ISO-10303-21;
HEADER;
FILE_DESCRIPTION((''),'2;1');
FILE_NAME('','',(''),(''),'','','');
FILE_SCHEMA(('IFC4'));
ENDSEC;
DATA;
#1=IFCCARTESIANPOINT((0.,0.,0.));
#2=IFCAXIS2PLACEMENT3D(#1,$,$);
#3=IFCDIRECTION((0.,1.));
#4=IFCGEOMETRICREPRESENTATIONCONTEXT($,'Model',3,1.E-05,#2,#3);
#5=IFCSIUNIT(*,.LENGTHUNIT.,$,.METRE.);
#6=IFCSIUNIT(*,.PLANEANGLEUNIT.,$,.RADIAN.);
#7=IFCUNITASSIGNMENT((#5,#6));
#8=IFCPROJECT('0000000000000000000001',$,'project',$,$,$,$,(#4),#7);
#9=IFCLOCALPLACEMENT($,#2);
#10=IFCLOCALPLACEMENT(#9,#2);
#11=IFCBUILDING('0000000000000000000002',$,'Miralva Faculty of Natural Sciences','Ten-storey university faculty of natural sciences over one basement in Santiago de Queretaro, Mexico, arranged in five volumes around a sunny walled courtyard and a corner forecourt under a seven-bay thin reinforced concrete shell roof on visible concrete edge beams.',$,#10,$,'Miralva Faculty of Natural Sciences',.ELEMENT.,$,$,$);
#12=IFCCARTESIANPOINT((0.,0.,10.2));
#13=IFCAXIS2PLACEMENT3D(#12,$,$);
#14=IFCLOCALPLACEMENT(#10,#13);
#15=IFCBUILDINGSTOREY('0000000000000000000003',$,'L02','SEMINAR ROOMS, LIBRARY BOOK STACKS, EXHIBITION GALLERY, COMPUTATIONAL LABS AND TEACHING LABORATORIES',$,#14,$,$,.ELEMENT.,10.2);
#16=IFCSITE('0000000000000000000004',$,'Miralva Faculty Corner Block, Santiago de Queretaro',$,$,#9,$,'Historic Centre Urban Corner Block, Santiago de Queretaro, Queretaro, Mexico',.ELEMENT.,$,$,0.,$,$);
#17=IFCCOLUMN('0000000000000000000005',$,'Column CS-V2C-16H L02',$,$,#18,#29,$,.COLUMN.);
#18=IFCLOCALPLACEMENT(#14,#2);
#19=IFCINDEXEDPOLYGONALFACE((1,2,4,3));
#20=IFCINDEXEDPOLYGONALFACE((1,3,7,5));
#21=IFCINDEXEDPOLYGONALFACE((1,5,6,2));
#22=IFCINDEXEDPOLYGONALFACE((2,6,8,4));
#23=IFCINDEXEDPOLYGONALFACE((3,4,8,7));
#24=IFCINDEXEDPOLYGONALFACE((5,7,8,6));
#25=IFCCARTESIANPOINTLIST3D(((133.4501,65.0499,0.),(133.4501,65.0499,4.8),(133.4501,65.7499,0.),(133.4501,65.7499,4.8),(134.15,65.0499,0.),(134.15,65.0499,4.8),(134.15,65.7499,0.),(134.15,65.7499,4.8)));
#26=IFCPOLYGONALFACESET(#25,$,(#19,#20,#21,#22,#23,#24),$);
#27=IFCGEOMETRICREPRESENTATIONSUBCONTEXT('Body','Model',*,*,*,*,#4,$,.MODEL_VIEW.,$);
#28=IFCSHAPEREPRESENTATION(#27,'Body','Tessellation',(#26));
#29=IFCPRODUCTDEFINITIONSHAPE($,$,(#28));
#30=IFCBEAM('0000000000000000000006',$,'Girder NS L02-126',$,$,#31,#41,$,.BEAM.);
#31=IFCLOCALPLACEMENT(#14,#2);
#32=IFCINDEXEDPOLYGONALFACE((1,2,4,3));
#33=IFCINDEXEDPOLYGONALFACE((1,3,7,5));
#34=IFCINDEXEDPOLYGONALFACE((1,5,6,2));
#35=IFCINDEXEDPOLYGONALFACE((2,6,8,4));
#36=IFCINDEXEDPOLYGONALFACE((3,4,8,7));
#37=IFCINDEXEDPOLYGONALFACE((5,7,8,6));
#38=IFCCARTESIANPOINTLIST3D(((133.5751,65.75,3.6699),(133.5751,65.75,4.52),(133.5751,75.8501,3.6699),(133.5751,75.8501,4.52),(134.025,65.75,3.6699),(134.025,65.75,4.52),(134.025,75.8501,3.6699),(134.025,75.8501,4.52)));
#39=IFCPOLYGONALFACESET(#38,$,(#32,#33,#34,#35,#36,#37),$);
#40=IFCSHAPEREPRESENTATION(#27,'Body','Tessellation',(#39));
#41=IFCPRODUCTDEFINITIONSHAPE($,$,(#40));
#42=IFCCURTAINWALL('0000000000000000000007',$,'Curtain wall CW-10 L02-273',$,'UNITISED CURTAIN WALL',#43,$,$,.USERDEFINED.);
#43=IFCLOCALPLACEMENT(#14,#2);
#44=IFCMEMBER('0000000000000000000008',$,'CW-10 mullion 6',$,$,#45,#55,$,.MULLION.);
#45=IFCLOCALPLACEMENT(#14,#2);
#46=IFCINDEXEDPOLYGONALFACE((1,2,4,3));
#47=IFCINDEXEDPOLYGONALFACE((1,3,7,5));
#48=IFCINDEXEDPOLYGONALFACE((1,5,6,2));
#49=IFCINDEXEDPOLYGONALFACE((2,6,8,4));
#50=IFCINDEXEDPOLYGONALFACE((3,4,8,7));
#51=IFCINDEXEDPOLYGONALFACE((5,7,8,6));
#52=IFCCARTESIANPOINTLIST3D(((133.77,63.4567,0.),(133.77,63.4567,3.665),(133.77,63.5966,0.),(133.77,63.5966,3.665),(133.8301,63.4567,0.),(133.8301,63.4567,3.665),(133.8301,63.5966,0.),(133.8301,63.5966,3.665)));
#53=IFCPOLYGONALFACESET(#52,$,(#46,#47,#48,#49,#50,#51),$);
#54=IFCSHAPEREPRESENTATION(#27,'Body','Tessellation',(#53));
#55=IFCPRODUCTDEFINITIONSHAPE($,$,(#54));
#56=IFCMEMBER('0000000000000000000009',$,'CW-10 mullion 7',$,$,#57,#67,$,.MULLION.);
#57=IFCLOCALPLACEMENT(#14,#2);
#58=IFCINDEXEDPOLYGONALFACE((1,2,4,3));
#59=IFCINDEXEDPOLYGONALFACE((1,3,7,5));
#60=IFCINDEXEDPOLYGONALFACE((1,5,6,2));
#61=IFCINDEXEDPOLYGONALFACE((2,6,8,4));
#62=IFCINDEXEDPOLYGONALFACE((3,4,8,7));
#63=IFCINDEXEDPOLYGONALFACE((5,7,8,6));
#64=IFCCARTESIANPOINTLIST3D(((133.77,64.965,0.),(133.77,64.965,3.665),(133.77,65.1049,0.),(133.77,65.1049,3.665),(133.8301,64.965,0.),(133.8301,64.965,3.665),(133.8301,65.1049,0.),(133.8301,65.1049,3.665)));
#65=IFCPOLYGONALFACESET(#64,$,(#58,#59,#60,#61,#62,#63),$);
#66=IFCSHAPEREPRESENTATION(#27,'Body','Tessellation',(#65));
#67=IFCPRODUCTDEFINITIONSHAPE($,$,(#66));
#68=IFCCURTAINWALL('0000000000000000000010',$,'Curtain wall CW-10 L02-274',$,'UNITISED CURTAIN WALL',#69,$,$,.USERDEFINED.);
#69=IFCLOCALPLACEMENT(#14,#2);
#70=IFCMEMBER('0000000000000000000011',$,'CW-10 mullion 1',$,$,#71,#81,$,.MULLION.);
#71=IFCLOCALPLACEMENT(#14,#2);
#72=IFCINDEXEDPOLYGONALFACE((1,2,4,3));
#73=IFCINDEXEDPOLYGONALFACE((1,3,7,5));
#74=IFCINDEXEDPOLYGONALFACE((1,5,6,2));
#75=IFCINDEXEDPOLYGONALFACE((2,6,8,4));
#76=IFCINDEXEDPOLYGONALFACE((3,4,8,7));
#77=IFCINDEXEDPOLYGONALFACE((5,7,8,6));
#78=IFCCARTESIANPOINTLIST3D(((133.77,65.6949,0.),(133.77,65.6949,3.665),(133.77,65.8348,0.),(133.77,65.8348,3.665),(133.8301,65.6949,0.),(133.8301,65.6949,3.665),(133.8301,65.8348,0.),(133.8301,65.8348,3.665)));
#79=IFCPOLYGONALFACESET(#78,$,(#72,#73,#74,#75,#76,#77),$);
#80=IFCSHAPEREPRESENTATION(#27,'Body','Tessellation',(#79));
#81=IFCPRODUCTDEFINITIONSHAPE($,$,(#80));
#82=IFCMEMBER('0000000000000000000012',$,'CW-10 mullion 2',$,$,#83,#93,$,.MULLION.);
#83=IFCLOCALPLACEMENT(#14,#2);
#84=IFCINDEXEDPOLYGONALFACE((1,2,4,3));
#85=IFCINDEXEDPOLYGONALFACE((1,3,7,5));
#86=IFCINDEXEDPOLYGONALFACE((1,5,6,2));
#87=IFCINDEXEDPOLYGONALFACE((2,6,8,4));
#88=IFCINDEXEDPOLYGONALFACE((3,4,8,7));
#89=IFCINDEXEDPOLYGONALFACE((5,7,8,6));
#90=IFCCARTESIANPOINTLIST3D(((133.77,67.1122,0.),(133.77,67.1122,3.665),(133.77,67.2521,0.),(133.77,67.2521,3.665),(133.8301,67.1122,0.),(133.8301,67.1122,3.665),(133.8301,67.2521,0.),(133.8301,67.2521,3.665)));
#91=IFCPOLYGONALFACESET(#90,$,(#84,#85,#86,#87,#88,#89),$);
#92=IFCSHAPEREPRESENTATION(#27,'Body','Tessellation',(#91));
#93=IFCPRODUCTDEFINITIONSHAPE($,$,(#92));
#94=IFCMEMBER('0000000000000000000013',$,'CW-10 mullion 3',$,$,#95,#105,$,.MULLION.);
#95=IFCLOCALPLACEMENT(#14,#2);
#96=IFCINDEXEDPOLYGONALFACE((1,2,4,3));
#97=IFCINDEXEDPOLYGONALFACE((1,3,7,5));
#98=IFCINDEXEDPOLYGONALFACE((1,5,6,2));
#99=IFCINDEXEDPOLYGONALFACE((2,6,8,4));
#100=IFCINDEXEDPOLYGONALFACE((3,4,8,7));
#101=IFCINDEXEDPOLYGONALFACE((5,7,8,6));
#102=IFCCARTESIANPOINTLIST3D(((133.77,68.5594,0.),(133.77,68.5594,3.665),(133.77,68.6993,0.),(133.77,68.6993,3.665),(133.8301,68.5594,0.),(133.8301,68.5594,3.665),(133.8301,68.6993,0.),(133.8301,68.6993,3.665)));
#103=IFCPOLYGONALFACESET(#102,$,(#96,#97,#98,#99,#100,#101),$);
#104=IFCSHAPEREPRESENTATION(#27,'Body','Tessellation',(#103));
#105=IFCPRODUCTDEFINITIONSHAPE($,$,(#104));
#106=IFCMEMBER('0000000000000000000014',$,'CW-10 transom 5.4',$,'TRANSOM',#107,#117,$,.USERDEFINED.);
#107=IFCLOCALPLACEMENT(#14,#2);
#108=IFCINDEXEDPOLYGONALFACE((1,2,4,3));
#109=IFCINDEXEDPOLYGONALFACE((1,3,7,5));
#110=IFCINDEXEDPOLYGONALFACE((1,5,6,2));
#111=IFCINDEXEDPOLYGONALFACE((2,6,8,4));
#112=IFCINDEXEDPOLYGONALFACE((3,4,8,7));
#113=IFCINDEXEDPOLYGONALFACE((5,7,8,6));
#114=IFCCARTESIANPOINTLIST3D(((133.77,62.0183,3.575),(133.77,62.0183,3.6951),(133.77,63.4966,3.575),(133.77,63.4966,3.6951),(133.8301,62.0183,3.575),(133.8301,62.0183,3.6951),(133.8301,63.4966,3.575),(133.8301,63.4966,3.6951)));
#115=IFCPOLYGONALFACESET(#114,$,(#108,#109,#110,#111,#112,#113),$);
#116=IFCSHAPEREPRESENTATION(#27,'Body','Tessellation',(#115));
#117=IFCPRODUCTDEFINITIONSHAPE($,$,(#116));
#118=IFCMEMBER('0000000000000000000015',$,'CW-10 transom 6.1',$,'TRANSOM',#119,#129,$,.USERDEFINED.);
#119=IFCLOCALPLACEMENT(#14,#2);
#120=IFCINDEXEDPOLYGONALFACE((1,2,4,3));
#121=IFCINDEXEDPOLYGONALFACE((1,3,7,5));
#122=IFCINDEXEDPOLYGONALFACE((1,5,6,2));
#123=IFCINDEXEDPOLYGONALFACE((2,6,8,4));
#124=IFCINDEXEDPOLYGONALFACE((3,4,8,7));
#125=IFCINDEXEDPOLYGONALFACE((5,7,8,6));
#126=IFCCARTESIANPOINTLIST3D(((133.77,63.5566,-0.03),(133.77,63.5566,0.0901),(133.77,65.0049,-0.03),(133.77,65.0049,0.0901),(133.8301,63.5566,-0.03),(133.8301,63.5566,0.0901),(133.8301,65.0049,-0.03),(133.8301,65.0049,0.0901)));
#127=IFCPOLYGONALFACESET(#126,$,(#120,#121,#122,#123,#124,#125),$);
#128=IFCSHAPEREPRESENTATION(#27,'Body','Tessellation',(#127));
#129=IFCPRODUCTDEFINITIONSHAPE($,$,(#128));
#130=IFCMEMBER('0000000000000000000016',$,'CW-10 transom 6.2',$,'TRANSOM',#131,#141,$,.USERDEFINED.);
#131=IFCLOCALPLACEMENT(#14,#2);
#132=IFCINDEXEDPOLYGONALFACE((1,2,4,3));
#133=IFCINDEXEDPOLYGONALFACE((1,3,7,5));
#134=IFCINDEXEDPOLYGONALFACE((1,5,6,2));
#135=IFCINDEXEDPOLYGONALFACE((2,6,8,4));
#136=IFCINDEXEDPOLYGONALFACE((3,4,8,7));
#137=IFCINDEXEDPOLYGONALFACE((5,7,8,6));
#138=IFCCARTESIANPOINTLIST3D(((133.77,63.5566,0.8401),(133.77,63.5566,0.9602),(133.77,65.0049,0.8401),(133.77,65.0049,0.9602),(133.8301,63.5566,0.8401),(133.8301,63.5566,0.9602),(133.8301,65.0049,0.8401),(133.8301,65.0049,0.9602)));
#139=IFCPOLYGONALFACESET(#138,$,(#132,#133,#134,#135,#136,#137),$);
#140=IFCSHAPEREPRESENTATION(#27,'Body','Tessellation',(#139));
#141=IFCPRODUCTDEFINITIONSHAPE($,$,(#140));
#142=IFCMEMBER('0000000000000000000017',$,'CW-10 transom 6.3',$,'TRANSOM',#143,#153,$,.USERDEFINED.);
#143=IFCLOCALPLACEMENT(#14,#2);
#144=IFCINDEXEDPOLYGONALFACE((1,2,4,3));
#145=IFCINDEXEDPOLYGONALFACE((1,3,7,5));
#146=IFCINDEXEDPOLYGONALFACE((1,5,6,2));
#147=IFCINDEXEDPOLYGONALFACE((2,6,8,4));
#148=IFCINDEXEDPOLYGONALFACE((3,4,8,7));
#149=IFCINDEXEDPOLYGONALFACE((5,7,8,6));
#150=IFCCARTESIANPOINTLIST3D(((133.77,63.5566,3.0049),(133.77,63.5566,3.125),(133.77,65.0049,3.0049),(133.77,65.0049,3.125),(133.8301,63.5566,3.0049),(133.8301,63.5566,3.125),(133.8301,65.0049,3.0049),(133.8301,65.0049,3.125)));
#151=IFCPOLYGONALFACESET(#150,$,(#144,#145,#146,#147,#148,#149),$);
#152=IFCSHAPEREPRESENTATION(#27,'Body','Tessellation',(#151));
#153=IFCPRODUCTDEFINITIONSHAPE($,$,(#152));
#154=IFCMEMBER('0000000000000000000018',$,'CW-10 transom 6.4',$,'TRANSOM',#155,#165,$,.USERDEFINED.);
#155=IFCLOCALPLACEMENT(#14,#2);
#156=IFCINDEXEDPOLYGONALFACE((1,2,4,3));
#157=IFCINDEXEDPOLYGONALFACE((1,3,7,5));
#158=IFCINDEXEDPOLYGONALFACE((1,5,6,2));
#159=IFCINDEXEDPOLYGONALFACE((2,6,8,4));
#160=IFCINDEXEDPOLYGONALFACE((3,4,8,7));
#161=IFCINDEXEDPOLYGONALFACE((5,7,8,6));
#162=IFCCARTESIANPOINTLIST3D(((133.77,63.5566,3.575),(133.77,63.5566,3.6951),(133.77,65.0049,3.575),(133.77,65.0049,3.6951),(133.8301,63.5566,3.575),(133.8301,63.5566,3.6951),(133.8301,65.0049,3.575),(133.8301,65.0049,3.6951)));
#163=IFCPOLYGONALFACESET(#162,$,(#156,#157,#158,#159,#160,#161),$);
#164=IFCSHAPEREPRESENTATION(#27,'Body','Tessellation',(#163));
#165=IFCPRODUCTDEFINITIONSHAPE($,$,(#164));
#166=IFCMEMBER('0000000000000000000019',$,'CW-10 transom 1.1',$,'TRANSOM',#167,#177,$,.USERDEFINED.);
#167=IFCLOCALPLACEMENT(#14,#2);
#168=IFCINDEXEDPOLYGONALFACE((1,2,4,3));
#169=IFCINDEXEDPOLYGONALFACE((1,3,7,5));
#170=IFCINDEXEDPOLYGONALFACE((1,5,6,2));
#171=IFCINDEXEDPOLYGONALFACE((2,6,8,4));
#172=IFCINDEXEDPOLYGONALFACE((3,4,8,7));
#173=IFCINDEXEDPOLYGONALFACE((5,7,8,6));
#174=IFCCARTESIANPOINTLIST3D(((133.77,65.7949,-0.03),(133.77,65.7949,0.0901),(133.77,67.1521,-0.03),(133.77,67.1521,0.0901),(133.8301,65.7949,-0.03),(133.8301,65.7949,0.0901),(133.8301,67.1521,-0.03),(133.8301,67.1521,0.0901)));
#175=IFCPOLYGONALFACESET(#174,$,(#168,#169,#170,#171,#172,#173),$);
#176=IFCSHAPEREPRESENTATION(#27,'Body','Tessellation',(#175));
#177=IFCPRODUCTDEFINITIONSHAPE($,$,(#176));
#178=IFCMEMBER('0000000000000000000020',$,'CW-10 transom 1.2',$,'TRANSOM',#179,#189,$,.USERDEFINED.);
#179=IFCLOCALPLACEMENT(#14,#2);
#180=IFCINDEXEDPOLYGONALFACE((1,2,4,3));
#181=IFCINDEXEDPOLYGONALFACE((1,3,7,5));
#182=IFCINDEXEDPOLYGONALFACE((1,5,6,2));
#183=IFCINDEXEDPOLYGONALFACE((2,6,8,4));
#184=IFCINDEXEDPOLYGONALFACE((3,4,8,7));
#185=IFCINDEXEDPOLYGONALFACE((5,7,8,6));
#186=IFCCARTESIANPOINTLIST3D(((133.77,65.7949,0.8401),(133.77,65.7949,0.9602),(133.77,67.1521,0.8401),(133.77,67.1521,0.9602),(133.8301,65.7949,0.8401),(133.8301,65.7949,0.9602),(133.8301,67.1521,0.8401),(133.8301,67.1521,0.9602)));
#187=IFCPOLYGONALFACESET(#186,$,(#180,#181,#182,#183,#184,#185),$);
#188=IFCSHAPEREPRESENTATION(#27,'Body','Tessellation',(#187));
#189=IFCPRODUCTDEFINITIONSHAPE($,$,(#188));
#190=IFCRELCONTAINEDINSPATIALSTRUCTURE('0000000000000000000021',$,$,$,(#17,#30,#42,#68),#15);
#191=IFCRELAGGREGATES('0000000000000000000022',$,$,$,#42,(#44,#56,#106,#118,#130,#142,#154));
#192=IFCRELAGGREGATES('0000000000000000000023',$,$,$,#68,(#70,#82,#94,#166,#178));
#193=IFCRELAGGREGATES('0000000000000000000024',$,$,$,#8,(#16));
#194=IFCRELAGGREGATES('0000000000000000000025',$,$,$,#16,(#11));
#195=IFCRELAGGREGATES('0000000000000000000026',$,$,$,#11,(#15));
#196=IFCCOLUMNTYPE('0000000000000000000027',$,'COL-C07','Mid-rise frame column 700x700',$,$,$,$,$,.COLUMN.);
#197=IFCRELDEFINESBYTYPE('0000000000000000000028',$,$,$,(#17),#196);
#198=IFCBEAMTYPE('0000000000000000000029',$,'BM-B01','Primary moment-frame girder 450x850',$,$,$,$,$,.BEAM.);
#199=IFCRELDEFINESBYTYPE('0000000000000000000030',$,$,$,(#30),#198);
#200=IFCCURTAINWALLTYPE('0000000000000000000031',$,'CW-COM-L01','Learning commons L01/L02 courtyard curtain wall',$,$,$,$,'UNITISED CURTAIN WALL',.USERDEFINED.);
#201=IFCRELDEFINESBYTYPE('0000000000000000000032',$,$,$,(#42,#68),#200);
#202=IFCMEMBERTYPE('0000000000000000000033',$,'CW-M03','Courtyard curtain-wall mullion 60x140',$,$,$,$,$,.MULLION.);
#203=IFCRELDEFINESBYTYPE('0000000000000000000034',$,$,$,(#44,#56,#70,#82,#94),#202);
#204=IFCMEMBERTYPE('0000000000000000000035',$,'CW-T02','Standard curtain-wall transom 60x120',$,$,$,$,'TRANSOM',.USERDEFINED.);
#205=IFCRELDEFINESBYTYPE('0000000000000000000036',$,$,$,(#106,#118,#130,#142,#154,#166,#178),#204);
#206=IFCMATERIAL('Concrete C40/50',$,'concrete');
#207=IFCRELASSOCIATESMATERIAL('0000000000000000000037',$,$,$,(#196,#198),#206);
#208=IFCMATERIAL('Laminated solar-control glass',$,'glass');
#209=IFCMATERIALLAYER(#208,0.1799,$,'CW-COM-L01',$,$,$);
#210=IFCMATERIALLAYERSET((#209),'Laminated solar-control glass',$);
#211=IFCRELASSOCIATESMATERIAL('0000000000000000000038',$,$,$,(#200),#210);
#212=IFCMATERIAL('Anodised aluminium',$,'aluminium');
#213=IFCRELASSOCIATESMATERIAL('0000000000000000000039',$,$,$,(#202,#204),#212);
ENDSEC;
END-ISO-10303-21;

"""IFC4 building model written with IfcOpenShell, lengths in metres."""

from ifc_helpers import new_model, si_unit, direction, frame, origin, origin_2d, place, context, subcontext, project, spatial, rectangle, extrude, material, layer, layer_set, material_profile, profile_set, type_object, element, aggregate, save


model = new_model("IFC4")

# Units and contexts
model_context = context("Model", 3, precision=1e-05, world=origin(), true_north=direction((0.0, 1.0)))
body_context = subcontext(model_context, "Body", "Model", "MODEL_VIEW")
ifc_project = project(units=[si_unit("LENGTHUNIT", "METRE"), si_unit("PLANEANGLEUNIT", "RADIAN")], contexts=[model_context])

# Site, building, storey
site_placement = place(None, origin())
site = spatial("IfcSite", under=ifc_project, at=site_placement, Name="Miralva Faculty Corner Block, Santiago de Queretaro", LongName="Historic Centre Urban Corner Block, Santiago de Queretaro, Queretaro, Mexico", CompositionType="ELEMENT", RefElevation=0.0)
building_placement = place(site_placement, origin())
building = spatial("IfcBuilding", under=site, at=building_placement, Name="Miralva Faculty of Natural Sciences", Description="Ten-storey university faculty of natural sciences over one basement in Santiago de Queretaro, Mexico, arranged in five volumes around a sunny walled courtyard and a corner forecourt under a seven-bay thin reinforced concrete shell roof on visible concrete edge beams.", LongName="Miralva Faculty of Natural Sciences", CompositionType="ELEMENT")
storey_placement = place(building_placement, frame((0.0, 0.0, 10.2)))
storey = spatial("IfcBuildingStorey", under=building, at=storey_placement, Name="L02", Description="SEMINAR ROOMS, LIBRARY BOOK STACKS, EXHIBITION GALLERY, COMPUTATIONAL LABS AND TEACHING LABORATORIES", CompositionType="ELEMENT", Elevation=10.2)

# Column
ifc_material_1 = material(Name="Concrete C40/50", Category="concrete")
ifc_material_profile_1 = material_profile(ifc_material_1, rectangle(XDim=0.7, YDim=0.7, at=origin_2d()), Name="RC 700x700")
ifc_profile_set_1 = profile_set([ifc_material_profile_1], Name="Concrete C40/50")
column_type = type_object("IfcColumnType", Name="COL-C07", Description="Mid-rise frame column 700x700", PredefinedType="COLUMN", material=ifc_profile_set_1)
column_placement = place(storey_placement, frame((133.8, 65.3999, 0.0), z_axis=(0.0, 0.0, 1.0), x_axis=(1.0, 0.0, 0.0)))
element("IfcColumn", 1, at=column_placement, inside=storey, type_object=column_type, Name="Column CS-V2C-16H L02", PredefinedType="COLUMN", context=body_context, shape_type="SweptSolid", body=[
    extrude(rectangle(XDim=0.7, YDim=0.7, at=origin_2d()), origin(), (0.0, 0.0, 1.0), 4.8),
])

# Beam
ifc_material_profile_2 = material_profile(ifc_material_1, rectangle(XDim=0.45, YDim=0.8501, at=origin_2d()), Name="RC 450x850")
ifc_profile_set_2 = profile_set([ifc_material_profile_2], Name="Concrete C40/50")
beam_type = type_object("IfcBeamType", Name="BM-B01", Description="Primary moment-frame girder 450x850", PredefinedType="BEAM", material=ifc_profile_set_2)
beam_placement = place(storey_placement, frame((133.8, 65.75, 4.095), z_axis=(0.0, 1.0, 0.0), x_axis=(-1.0, 0.0, 0.0)))
element("IfcBeam", 2, at=beam_placement, inside=storey, type_object=beam_type, Name="Girder NS L02-126", PredefinedType="BEAM", context=body_context, shape_type="SweptSolid", body=[
    extrude(rectangle(XDim=0.45, YDim=0.8501, at=origin_2d()), origin(), (0.0, 0.0, 1.0), 10.1001),
])

# Curtain walls, members
ifc_material_2 = material(Name="Laminated solar-control glass", Category="glass")
ifc_layer_1 = layer(ifc_material_2, 0.1799, Name="CW-COM-L01")
ifc_layer_set_1 = layer_set([ifc_layer_1], Name="Laminated solar-control glass")
curtain_wall_type = type_object("IfcCurtainWallType", Name="CW-COM-L01", Description="Learning commons L01/L02 courtyard curtain wall", ElementType="UNITISED CURTAIN WALL", PredefinedType="USERDEFINED", material=ifc_layer_set_1)
curtain_wall_1_placement = place(storey_placement, origin())
curtain_wall_1 = element("IfcCurtainWall", 3, at=curtain_wall_1_placement, inside=storey, type_object=curtain_wall_type, Name="Curtain wall CW-10 L02-273", ObjectType="UNITISED CURTAIN WALL", PredefinedType="USERDEFINED")
ifc_material_3 = material(Name="Anodised aluminium", Category="aluminium")
ifc_material_profile_3 = material_profile(ifc_material_3, rectangle(XDim=0.0601, YDim=0.1399, at=origin_2d()), Name="MULLION 60x140")
ifc_profile_set_3 = profile_set([ifc_material_profile_3], Name="Anodised aluminium")
member_type_1 = type_object("IfcMemberType", Name="CW-M03", Description="Courtyard curtain-wall mullion 60x140", PredefinedType="MULLION", material=ifc_profile_set_3)
member_1_placement = place(storey_placement, frame((133.8, 63.5266, 0.0), z_axis=(0.0, 0.0, 1.0), x_axis=(-1.0, 0.0, 0.0)))
member_1 = element("IfcMember", 4, at=member_1_placement, type_object=member_type_1, Name="CW-10 mullion 6", PredefinedType="MULLION", context=body_context, shape_type="SweptSolid", body=[
    extrude(rectangle(XDim=0.0601, YDim=0.1399, at=origin_2d()), origin(), (0.0, 0.0, 1.0), 3.665),
])
member_2_placement = place(storey_placement, frame((133.8, 65.0349, 0.0), z_axis=(0.0, 0.0, 1.0), x_axis=(-1.0, 0.0, 0.0)))
member_2 = element("IfcMember", 5, at=member_2_placement, type_object=member_type_1, Name="CW-10 mullion 7", PredefinedType="MULLION", context=body_context, shape_type="SweptSolid", body=[
    extrude(rectangle(XDim=0.0601, YDim=0.1399, at=origin_2d()), origin(), (0.0, 0.0, 1.0), 3.665),
])
curtain_wall_2_placement = place(storey_placement, origin())
curtain_wall_2 = element("IfcCurtainWall", 6, at=curtain_wall_2_placement, inside=storey, type_object=curtain_wall_type, Name="Curtain wall CW-10 L02-274", ObjectType="UNITISED CURTAIN WALL", PredefinedType="USERDEFINED")
member_3_placement = place(storey_placement, frame((133.8, 65.7649, 0.0), z_axis=(0.0, 0.0, 1.0), x_axis=(-1.0, 0.0, 0.0)))
member_3 = element("IfcMember", 7, at=member_3_placement, type_object=member_type_1, Name="CW-10 mullion 1", PredefinedType="MULLION", context=body_context, shape_type="SweptSolid", body=[
    extrude(rectangle(XDim=0.0601, YDim=0.1399, at=origin_2d()), origin(), (0.0, 0.0, 1.0), 3.665),
])
member_4_placement = place(storey_placement, frame((133.8, 67.1821, 0.0), z_axis=(0.0, 0.0, 1.0), x_axis=(-1.0, 0.0, 0.0)))
member_4 = element("IfcMember", 8, at=member_4_placement, type_object=member_type_1, Name="CW-10 mullion 2", PredefinedType="MULLION", context=body_context, shape_type="SweptSolid", body=[
    extrude(rectangle(XDim=0.0601, YDim=0.1399, at=origin_2d()), origin(), (0.0, 0.0, 1.0), 3.665),
])
member_5_placement = place(storey_placement, frame((133.8, 68.6294, 0.0), z_axis=(0.0, 0.0, 1.0), x_axis=(-1.0, 0.0, 0.0)))
member_5 = element("IfcMember", 9, at=member_5_placement, type_object=member_type_1, Name="CW-10 mullion 3", PredefinedType="MULLION", context=body_context, shape_type="SweptSolid", body=[
    extrude(rectangle(XDim=0.0601, YDim=0.1399, at=origin_2d()), origin(), (0.0, 0.0, 1.0), 3.665),
])

# Members
ifc_material_profile_4 = material_profile(ifc_material_3, rectangle(XDim=0.0601, YDim=0.1201, at=origin_2d()), Name="TRANSOM 60x120")
ifc_profile_set_4 = profile_set([ifc_material_profile_4], Name="Anodised aluminium")
member_type_2 = type_object("IfcMemberType", Name="CW-T02", Description="Standard curtain-wall transom 60x120", ElementType="TRANSOM", PredefinedType="USERDEFINED", material=ifc_profile_set_4)
member_6_placement = place(storey_placement, frame((133.8, 62.0183, 3.635), z_axis=(0.0, 1.0, 0.0), x_axis=(-1.0, 0.0, 0.0)))
member_6 = element("IfcMember", 10, at=member_6_placement, type_object=member_type_2, Name="CW-10 transom 5.4", ObjectType="TRANSOM", PredefinedType="USERDEFINED", context=body_context, shape_type="SweptSolid", body=[
    extrude(rectangle(XDim=0.0601, YDim=0.1201, at=origin_2d()), origin(), (0.0, 0.0, 1.0), 1.4783),
])
member_7_placement = place(storey_placement, frame((133.8, 63.5566, 0.03), z_axis=(0.0, 1.0, 0.0), x_axis=(-1.0, 0.0, 0.0)))
member_7 = element("IfcMember", 11, at=member_7_placement, type_object=member_type_2, Name="CW-10 transom 6.1", ObjectType="TRANSOM", PredefinedType="USERDEFINED", context=body_context, shape_type="SweptSolid", body=[
    extrude(rectangle(XDim=0.0601, YDim=0.1201, at=origin_2d()), origin(), (0.0, 0.0, 1.0), 1.4482),
])
member_8_placement = place(storey_placement, frame((133.8, 63.5566, 0.9001), z_axis=(0.0, 1.0, 0.0), x_axis=(-1.0, 0.0, 0.0)))
member_8 = element("IfcMember", 12, at=member_8_placement, type_object=member_type_2, Name="CW-10 transom 6.2", ObjectType="TRANSOM", PredefinedType="USERDEFINED", context=body_context, shape_type="SweptSolid", body=[
    extrude(rectangle(XDim=0.0601, YDim=0.1201, at=origin_2d()), origin(), (0.0, 0.0, 1.0), 1.4482),
])
member_9_placement = place(storey_placement, frame((133.8, 63.5566, 3.0649), z_axis=(0.0, 1.0, 0.0), x_axis=(-1.0, 0.0, 0.0)))
member_9 = element("IfcMember", 13, at=member_9_placement, type_object=member_type_2, Name="CW-10 transom 6.3", ObjectType="TRANSOM", PredefinedType="USERDEFINED", context=body_context, shape_type="SweptSolid", body=[
    extrude(rectangle(XDim=0.0601, YDim=0.1201, at=origin_2d()), origin(), (0.0, 0.0, 1.0), 1.4482),
])
member_10_placement = place(storey_placement, frame((133.8, 63.5566, 3.635), z_axis=(0.0, 1.0, 0.0), x_axis=(-1.0, 0.0, 0.0)))
member_10 = element("IfcMember", 14, at=member_10_placement, type_object=member_type_2, Name="CW-10 transom 6.4", ObjectType="TRANSOM", PredefinedType="USERDEFINED", context=body_context, shape_type="SweptSolid", body=[
    extrude(rectangle(XDim=0.0601, YDim=0.1201, at=origin_2d()), origin(), (0.0, 0.0, 1.0), 1.4482),
])
member_11_placement = place(storey_placement, frame((133.8, 65.7949, 0.03), z_axis=(0.0, 1.0, 0.0), x_axis=(-1.0, 0.0, 0.0)))
member_11 = element("IfcMember", 15, at=member_11_placement, type_object=member_type_2, Name="CW-10 transom 1.1", ObjectType="TRANSOM", PredefinedType="USERDEFINED", context=body_context, shape_type="SweptSolid", body=[
    extrude(rectangle(XDim=0.0601, YDim=0.1201, at=origin_2d()), origin(), (0.0, 0.0, 1.0), 1.3572),
])
member_12_placement = place(storey_placement, frame((133.8, 65.7949, 0.9001), z_axis=(0.0, 1.0, 0.0), x_axis=(-1.0, 0.0, 0.0)))
member_12 = element("IfcMember", 16, at=member_12_placement, type_object=member_type_2, Name="CW-10 transom 1.2", ObjectType="TRANSOM", PredefinedType="USERDEFINED", context=body_context, shape_type="SweptSolid", body=[
    extrude(rectangle(XDim=0.0601, YDim=0.1201, at=origin_2d()), origin(), (0.0, 0.0, 1.0), 1.3572),
])

aggregate(curtain_wall_1, [member_1, member_2, member_6, member_7, member_8, member_9, member_10])
aggregate(curtain_wall_2, [member_3, member_4, member_5, member_11, member_12])

save(model, "model.ifc")
